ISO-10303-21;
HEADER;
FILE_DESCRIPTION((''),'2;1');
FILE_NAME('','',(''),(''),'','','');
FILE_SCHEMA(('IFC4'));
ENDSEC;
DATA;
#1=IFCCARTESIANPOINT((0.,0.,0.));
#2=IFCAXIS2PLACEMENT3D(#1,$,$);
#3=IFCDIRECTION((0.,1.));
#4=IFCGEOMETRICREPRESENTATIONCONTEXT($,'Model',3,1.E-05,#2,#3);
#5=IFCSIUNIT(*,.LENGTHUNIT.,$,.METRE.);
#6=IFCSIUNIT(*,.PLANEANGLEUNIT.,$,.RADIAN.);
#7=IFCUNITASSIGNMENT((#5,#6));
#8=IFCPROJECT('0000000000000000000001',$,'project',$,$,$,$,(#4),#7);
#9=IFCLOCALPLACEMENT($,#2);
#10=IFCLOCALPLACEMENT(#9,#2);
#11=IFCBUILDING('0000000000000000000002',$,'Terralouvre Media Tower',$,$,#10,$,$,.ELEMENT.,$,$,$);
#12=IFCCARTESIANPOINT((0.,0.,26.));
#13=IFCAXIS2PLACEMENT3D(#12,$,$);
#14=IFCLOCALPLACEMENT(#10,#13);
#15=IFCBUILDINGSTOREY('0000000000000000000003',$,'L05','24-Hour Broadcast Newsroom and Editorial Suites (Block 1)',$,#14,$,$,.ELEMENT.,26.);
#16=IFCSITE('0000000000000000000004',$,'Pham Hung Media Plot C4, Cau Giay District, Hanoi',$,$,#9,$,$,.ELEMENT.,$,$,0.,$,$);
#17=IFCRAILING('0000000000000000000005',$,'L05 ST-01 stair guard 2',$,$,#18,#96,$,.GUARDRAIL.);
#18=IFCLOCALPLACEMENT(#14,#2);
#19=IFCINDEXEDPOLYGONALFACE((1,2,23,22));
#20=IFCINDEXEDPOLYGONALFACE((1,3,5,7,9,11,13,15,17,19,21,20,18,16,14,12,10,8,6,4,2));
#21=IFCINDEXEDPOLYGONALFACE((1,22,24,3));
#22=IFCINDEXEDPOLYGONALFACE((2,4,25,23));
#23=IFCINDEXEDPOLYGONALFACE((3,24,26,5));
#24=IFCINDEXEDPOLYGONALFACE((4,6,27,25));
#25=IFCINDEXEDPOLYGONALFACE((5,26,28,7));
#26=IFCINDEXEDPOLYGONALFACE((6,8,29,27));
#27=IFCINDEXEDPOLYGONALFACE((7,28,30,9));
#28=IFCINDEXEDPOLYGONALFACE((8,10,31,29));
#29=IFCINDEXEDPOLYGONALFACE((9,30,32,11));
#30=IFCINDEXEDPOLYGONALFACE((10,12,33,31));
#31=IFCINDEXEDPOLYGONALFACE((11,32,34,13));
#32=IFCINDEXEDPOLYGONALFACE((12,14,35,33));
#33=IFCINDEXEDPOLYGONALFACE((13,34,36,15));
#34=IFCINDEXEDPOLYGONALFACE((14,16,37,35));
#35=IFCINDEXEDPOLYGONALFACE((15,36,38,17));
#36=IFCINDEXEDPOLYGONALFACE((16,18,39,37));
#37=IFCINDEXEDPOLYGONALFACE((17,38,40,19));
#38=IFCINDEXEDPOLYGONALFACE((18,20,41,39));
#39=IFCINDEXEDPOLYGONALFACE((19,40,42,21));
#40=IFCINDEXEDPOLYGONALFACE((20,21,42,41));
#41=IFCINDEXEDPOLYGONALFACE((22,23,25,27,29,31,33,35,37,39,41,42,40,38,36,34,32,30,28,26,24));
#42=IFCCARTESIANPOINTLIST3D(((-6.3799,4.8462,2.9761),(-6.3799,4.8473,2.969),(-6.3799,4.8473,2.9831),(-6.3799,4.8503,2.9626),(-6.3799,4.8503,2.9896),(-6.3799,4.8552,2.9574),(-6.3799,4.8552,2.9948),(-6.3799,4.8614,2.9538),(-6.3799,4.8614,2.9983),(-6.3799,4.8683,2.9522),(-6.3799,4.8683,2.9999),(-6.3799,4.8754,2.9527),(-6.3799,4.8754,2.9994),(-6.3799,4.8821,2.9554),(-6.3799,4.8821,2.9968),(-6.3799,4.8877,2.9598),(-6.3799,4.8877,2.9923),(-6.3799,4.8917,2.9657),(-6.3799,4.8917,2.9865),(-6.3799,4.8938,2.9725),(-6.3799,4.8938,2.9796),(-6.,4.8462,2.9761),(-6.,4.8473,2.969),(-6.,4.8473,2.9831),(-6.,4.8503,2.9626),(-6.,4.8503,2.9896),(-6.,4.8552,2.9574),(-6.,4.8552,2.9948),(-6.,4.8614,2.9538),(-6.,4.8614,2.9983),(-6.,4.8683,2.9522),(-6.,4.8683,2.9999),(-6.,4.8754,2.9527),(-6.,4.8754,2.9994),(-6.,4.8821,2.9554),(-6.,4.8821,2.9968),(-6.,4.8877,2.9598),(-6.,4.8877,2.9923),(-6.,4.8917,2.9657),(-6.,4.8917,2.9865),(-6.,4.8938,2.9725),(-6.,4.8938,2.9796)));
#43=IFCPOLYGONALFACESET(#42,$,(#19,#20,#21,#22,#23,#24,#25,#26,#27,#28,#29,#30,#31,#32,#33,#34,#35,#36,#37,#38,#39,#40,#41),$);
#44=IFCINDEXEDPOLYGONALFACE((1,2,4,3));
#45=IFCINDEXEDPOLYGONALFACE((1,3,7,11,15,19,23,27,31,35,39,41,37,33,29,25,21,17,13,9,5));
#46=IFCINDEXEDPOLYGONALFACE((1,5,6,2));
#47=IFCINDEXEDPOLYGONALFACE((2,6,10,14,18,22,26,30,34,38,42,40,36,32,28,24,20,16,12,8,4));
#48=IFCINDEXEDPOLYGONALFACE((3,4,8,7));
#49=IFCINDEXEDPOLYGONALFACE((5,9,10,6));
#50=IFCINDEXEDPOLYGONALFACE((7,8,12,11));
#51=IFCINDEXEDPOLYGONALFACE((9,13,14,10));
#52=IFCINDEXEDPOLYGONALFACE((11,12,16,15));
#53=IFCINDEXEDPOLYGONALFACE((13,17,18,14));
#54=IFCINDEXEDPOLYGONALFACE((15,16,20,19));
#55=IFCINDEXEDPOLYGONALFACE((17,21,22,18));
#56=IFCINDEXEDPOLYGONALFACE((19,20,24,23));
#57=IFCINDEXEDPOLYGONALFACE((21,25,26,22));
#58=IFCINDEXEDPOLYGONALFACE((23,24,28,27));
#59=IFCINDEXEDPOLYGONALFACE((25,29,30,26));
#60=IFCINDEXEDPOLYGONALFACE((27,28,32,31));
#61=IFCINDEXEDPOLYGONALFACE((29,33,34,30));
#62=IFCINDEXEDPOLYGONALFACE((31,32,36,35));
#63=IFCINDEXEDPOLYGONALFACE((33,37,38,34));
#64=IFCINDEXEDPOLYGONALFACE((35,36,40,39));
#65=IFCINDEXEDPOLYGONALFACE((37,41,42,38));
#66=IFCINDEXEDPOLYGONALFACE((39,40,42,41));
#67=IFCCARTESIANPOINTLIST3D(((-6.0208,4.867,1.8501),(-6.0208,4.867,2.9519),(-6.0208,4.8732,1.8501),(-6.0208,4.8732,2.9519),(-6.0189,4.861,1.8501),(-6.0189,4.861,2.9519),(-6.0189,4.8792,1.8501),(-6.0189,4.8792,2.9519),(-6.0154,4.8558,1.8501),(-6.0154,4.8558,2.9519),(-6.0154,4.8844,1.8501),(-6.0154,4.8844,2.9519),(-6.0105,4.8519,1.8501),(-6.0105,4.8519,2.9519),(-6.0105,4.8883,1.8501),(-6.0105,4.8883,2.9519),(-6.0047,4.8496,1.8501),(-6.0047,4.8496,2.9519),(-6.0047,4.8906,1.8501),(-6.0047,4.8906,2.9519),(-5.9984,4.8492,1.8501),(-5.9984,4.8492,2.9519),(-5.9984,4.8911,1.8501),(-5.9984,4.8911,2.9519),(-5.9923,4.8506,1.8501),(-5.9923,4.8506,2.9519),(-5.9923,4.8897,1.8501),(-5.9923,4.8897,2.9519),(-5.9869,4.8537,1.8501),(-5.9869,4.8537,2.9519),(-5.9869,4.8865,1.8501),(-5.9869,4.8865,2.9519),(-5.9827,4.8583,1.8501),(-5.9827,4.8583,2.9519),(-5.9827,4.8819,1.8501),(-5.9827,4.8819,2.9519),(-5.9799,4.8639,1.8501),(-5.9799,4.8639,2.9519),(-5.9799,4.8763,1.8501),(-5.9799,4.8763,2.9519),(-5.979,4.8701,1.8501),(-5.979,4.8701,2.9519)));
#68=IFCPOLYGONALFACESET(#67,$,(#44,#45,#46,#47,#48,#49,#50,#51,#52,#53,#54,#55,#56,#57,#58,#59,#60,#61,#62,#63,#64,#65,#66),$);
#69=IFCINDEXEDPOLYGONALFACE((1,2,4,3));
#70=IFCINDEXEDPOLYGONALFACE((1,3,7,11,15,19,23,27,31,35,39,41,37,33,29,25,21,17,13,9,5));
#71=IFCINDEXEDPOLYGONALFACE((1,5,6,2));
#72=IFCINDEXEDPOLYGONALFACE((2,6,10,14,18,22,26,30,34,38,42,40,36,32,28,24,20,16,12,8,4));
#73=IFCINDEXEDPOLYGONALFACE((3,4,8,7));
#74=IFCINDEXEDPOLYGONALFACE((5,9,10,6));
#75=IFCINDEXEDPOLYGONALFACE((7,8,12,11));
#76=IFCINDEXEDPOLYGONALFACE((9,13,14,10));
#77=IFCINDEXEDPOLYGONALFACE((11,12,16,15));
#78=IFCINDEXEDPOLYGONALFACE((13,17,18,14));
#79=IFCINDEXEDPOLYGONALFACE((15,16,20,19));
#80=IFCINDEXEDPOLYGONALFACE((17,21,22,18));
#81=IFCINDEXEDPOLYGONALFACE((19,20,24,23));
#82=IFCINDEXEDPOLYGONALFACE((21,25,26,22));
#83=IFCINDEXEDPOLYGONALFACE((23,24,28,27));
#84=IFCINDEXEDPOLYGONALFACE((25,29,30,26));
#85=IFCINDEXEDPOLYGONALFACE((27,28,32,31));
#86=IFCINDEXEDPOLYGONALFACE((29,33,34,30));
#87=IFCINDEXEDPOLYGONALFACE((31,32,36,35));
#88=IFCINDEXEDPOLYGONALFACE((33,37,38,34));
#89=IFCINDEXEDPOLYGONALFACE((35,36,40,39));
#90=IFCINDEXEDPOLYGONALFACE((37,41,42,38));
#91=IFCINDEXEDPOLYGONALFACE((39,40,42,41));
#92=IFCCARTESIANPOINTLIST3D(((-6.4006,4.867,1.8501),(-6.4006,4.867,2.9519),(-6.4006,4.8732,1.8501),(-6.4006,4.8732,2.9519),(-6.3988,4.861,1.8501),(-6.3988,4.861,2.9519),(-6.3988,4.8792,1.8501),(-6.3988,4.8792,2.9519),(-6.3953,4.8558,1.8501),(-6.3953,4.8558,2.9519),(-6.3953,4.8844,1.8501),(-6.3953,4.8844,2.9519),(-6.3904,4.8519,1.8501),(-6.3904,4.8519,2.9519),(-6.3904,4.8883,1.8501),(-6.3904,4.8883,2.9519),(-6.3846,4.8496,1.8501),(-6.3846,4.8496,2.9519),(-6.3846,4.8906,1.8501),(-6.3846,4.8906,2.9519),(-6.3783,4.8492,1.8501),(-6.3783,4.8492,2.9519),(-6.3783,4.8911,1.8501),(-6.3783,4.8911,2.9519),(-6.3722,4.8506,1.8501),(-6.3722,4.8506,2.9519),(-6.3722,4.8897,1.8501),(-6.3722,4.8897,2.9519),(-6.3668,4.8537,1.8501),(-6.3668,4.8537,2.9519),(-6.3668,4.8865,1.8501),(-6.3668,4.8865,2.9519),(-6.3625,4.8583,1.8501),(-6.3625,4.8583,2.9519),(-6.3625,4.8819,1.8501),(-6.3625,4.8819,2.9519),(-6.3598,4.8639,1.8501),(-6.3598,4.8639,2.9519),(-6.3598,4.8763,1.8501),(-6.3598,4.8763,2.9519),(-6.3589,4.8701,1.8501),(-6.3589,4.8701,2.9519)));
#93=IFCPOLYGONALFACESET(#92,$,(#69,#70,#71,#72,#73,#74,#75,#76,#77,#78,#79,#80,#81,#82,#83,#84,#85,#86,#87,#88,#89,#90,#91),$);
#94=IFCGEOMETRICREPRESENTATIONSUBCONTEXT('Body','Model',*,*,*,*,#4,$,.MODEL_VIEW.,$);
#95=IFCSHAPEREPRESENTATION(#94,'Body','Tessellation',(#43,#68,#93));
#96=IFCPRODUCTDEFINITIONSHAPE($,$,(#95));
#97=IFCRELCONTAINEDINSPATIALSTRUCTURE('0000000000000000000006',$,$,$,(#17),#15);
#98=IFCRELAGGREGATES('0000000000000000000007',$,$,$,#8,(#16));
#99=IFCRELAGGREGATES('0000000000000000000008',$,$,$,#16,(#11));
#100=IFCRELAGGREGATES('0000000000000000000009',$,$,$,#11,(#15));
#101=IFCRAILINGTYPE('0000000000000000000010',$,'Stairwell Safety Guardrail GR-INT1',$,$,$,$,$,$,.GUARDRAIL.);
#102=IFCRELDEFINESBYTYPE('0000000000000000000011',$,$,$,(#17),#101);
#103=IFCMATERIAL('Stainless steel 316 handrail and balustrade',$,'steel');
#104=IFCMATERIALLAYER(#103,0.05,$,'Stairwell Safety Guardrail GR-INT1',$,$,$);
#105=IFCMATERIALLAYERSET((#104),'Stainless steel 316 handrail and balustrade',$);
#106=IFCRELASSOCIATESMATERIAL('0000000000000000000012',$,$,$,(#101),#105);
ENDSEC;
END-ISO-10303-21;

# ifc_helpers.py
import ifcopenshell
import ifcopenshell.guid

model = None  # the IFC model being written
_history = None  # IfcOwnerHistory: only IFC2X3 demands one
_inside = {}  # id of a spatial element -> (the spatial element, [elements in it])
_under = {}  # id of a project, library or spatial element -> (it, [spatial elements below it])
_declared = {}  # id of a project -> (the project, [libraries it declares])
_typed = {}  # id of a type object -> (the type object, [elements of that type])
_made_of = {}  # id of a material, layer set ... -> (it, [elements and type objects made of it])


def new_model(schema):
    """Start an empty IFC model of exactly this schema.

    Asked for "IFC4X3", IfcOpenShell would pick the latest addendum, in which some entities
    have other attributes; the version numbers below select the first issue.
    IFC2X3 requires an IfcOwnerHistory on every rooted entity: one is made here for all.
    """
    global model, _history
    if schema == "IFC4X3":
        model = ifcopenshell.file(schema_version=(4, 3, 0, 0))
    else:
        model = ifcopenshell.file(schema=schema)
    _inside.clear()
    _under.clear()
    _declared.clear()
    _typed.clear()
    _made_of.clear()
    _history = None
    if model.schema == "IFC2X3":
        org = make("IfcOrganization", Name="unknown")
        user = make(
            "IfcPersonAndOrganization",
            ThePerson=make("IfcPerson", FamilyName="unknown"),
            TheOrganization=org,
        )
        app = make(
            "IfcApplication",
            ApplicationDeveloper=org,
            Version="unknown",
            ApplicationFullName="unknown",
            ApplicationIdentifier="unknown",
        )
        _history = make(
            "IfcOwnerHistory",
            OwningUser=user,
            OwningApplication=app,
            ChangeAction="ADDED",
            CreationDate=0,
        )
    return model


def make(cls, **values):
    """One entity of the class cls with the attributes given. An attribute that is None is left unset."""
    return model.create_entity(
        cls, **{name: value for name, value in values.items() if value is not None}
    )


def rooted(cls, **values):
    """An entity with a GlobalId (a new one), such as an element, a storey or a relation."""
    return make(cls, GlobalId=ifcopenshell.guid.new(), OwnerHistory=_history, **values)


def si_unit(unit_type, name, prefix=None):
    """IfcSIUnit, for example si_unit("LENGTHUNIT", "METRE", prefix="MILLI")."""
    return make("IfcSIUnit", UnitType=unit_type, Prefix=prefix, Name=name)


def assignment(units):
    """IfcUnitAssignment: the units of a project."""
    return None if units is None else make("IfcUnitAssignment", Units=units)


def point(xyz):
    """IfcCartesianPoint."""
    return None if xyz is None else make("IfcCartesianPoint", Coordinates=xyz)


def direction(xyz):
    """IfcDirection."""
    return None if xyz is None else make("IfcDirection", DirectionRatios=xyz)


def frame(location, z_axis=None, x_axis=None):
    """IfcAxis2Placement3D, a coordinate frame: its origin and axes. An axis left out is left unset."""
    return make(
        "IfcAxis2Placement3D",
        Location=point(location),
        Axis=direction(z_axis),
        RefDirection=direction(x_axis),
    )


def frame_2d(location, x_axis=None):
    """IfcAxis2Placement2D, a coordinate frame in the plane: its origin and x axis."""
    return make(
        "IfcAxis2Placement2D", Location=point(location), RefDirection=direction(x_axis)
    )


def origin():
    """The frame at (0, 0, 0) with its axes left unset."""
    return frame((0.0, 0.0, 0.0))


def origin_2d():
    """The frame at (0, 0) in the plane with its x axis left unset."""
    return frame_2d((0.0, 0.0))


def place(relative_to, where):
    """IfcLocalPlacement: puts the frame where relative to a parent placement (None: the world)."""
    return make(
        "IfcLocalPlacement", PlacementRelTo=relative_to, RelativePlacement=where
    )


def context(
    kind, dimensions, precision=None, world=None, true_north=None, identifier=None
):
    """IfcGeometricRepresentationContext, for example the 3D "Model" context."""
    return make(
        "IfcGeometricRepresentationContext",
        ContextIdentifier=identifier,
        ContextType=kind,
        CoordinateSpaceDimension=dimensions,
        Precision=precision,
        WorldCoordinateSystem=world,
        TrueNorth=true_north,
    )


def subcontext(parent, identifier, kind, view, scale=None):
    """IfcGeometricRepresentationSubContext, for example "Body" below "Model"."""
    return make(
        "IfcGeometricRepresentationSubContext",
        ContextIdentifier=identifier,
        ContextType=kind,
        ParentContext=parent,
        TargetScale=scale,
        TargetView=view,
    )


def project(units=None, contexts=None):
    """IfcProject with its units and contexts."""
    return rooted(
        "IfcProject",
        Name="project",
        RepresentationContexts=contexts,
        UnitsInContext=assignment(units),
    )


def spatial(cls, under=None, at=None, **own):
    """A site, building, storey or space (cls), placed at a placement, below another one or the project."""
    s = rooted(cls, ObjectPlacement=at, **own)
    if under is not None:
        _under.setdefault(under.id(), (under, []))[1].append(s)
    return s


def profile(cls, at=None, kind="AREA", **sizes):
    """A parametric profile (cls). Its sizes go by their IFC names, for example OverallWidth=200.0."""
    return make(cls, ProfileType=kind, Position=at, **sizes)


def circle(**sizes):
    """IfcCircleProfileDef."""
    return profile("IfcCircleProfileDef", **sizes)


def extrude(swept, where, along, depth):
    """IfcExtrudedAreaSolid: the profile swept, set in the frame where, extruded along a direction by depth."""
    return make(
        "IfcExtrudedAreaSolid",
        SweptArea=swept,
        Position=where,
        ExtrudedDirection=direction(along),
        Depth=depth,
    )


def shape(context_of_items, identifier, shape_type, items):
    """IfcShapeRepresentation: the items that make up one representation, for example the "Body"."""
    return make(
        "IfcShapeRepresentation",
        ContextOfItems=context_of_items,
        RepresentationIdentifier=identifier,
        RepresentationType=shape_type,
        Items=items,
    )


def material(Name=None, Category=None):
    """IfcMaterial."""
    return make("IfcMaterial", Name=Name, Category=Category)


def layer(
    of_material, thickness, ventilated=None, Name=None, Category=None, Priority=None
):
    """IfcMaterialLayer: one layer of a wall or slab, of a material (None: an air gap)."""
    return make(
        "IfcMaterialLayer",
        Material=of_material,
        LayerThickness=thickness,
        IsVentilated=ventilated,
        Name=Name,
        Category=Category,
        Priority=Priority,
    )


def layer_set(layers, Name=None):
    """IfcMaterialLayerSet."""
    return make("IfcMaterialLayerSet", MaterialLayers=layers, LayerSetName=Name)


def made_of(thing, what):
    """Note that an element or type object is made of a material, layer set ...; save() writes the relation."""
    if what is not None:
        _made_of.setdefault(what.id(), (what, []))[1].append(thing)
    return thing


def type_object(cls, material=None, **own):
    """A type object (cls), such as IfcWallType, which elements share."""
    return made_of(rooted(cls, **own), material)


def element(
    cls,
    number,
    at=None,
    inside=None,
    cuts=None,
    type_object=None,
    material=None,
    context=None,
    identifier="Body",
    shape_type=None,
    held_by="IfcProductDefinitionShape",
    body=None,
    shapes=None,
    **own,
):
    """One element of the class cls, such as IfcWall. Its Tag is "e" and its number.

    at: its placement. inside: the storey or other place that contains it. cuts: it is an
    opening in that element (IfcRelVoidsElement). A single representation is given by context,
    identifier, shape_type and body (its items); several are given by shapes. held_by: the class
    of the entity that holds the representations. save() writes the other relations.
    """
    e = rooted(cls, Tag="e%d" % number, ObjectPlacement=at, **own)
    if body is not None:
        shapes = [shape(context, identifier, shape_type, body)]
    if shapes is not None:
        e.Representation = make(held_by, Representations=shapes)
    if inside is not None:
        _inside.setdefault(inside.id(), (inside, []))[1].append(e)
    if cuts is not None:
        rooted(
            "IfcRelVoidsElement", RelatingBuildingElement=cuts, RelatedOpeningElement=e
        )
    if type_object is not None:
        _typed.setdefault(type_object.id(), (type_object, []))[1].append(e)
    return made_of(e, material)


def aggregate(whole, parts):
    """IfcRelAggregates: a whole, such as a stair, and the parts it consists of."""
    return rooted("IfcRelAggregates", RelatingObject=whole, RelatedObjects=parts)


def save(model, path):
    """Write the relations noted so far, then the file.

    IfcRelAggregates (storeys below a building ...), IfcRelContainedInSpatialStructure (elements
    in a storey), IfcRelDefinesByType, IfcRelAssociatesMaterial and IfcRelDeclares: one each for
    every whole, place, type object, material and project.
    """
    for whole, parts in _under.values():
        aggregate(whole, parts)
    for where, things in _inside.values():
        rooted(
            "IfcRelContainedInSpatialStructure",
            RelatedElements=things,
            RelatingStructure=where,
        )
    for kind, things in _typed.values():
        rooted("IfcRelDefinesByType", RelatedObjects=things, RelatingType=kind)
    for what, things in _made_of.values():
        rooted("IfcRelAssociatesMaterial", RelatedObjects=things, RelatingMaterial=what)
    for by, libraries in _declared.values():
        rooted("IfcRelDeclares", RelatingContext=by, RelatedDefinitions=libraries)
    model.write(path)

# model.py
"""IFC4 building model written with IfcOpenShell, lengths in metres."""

from ifc_helpers import new_model, si_unit, direction, frame, origin, origin_2d, place, context, subcontext, project, spatial, circle, extrude, material, layer, layer_set, type_object, element, save


model = new_model("IFC4")

# Units and contexts
model_context = context("Model", 3, precision=1e-05, world=origin(), true_north=direction((0.0, 1.0)))
body_context = subcontext(model_context, "Body", "Model", "MODEL_VIEW")
ifc_project = project(units=[si_unit("LENGTHUNIT", "METRE"), si_unit("PLANEANGLEUNIT", "RADIAN")], contexts=[model_context])

# Site, building, storey
site_placement = place(None, origin())
site = spatial("IfcSite", under=ifc_project, at=site_placement, Name="Pham Hung Media Plot C4, Cau Giay District, Hanoi", CompositionType="ELEMENT", RefElevation=0.0)
building_placement = place(site_placement, origin())
building = spatial("IfcBuilding", under=site, at=building_placement, Name="Terralouvre Media Tower", CompositionType="ELEMENT")
storey_placement = place(building_placement, frame((0.0, 0.0, 26.0)))
storey = spatial("IfcBuildingStorey", under=building, at=storey_placement, Name="L05", Description="24-Hour Broadcast Newsroom and Editorial Suites (Block 1)", CompositionType="ELEMENT", Elevation=26.0)

# Railing
ifc_material_1 = material(Name="Stainless steel 316 handrail and balustrade", Category="steel")
ifc_layer_1 = layer(ifc_material_1, 0.05, Name="Stairwell Safety Guardrail GR-INT1")
ifc_layer_set_1 = layer_set([ifc_layer_1], Name="Stainless steel 316 handrail and balustrade")
railing_type_1 = type_object("IfcRailingType", Name="Stairwell Safety Guardrail GR-INT1", PredefinedType="GUARDRAIL", material=ifc_layer_set_1)
railing_1_placement = place(storey_placement, frame((-6.0, 4.8701, 1.8501)))
element("IfcRailing", 1, at=railing_1_placement, inside=storey, type_object=railing_type_1, Name="L05 ST-01 stair guard 2", PredefinedType="GUARDRAIL", context=body_context, shape_type="SweptSolid", body=[
    extrude(circle(Radius=0.0239, at=origin_2d()), frame((0.0, 0.0, 1.126), z_axis=(-1.0, 0.0, 0.0), x_axis=(0.0, -1.0, 0.0)), (0.0, 0.0, 1.0), 0.3799),
    extrude(circle(Radius=0.021, at=origin_2d()), origin(), (0.0, 0.0, 1.0), 1.1018),
    extrude(circle(Radius=0.021, at=origin_2d()), frame((-0.3799, 0.0, 0.0)), (0.0, 0.0, 1.0), 1.1018),
])

save(model, "model.ifc")
